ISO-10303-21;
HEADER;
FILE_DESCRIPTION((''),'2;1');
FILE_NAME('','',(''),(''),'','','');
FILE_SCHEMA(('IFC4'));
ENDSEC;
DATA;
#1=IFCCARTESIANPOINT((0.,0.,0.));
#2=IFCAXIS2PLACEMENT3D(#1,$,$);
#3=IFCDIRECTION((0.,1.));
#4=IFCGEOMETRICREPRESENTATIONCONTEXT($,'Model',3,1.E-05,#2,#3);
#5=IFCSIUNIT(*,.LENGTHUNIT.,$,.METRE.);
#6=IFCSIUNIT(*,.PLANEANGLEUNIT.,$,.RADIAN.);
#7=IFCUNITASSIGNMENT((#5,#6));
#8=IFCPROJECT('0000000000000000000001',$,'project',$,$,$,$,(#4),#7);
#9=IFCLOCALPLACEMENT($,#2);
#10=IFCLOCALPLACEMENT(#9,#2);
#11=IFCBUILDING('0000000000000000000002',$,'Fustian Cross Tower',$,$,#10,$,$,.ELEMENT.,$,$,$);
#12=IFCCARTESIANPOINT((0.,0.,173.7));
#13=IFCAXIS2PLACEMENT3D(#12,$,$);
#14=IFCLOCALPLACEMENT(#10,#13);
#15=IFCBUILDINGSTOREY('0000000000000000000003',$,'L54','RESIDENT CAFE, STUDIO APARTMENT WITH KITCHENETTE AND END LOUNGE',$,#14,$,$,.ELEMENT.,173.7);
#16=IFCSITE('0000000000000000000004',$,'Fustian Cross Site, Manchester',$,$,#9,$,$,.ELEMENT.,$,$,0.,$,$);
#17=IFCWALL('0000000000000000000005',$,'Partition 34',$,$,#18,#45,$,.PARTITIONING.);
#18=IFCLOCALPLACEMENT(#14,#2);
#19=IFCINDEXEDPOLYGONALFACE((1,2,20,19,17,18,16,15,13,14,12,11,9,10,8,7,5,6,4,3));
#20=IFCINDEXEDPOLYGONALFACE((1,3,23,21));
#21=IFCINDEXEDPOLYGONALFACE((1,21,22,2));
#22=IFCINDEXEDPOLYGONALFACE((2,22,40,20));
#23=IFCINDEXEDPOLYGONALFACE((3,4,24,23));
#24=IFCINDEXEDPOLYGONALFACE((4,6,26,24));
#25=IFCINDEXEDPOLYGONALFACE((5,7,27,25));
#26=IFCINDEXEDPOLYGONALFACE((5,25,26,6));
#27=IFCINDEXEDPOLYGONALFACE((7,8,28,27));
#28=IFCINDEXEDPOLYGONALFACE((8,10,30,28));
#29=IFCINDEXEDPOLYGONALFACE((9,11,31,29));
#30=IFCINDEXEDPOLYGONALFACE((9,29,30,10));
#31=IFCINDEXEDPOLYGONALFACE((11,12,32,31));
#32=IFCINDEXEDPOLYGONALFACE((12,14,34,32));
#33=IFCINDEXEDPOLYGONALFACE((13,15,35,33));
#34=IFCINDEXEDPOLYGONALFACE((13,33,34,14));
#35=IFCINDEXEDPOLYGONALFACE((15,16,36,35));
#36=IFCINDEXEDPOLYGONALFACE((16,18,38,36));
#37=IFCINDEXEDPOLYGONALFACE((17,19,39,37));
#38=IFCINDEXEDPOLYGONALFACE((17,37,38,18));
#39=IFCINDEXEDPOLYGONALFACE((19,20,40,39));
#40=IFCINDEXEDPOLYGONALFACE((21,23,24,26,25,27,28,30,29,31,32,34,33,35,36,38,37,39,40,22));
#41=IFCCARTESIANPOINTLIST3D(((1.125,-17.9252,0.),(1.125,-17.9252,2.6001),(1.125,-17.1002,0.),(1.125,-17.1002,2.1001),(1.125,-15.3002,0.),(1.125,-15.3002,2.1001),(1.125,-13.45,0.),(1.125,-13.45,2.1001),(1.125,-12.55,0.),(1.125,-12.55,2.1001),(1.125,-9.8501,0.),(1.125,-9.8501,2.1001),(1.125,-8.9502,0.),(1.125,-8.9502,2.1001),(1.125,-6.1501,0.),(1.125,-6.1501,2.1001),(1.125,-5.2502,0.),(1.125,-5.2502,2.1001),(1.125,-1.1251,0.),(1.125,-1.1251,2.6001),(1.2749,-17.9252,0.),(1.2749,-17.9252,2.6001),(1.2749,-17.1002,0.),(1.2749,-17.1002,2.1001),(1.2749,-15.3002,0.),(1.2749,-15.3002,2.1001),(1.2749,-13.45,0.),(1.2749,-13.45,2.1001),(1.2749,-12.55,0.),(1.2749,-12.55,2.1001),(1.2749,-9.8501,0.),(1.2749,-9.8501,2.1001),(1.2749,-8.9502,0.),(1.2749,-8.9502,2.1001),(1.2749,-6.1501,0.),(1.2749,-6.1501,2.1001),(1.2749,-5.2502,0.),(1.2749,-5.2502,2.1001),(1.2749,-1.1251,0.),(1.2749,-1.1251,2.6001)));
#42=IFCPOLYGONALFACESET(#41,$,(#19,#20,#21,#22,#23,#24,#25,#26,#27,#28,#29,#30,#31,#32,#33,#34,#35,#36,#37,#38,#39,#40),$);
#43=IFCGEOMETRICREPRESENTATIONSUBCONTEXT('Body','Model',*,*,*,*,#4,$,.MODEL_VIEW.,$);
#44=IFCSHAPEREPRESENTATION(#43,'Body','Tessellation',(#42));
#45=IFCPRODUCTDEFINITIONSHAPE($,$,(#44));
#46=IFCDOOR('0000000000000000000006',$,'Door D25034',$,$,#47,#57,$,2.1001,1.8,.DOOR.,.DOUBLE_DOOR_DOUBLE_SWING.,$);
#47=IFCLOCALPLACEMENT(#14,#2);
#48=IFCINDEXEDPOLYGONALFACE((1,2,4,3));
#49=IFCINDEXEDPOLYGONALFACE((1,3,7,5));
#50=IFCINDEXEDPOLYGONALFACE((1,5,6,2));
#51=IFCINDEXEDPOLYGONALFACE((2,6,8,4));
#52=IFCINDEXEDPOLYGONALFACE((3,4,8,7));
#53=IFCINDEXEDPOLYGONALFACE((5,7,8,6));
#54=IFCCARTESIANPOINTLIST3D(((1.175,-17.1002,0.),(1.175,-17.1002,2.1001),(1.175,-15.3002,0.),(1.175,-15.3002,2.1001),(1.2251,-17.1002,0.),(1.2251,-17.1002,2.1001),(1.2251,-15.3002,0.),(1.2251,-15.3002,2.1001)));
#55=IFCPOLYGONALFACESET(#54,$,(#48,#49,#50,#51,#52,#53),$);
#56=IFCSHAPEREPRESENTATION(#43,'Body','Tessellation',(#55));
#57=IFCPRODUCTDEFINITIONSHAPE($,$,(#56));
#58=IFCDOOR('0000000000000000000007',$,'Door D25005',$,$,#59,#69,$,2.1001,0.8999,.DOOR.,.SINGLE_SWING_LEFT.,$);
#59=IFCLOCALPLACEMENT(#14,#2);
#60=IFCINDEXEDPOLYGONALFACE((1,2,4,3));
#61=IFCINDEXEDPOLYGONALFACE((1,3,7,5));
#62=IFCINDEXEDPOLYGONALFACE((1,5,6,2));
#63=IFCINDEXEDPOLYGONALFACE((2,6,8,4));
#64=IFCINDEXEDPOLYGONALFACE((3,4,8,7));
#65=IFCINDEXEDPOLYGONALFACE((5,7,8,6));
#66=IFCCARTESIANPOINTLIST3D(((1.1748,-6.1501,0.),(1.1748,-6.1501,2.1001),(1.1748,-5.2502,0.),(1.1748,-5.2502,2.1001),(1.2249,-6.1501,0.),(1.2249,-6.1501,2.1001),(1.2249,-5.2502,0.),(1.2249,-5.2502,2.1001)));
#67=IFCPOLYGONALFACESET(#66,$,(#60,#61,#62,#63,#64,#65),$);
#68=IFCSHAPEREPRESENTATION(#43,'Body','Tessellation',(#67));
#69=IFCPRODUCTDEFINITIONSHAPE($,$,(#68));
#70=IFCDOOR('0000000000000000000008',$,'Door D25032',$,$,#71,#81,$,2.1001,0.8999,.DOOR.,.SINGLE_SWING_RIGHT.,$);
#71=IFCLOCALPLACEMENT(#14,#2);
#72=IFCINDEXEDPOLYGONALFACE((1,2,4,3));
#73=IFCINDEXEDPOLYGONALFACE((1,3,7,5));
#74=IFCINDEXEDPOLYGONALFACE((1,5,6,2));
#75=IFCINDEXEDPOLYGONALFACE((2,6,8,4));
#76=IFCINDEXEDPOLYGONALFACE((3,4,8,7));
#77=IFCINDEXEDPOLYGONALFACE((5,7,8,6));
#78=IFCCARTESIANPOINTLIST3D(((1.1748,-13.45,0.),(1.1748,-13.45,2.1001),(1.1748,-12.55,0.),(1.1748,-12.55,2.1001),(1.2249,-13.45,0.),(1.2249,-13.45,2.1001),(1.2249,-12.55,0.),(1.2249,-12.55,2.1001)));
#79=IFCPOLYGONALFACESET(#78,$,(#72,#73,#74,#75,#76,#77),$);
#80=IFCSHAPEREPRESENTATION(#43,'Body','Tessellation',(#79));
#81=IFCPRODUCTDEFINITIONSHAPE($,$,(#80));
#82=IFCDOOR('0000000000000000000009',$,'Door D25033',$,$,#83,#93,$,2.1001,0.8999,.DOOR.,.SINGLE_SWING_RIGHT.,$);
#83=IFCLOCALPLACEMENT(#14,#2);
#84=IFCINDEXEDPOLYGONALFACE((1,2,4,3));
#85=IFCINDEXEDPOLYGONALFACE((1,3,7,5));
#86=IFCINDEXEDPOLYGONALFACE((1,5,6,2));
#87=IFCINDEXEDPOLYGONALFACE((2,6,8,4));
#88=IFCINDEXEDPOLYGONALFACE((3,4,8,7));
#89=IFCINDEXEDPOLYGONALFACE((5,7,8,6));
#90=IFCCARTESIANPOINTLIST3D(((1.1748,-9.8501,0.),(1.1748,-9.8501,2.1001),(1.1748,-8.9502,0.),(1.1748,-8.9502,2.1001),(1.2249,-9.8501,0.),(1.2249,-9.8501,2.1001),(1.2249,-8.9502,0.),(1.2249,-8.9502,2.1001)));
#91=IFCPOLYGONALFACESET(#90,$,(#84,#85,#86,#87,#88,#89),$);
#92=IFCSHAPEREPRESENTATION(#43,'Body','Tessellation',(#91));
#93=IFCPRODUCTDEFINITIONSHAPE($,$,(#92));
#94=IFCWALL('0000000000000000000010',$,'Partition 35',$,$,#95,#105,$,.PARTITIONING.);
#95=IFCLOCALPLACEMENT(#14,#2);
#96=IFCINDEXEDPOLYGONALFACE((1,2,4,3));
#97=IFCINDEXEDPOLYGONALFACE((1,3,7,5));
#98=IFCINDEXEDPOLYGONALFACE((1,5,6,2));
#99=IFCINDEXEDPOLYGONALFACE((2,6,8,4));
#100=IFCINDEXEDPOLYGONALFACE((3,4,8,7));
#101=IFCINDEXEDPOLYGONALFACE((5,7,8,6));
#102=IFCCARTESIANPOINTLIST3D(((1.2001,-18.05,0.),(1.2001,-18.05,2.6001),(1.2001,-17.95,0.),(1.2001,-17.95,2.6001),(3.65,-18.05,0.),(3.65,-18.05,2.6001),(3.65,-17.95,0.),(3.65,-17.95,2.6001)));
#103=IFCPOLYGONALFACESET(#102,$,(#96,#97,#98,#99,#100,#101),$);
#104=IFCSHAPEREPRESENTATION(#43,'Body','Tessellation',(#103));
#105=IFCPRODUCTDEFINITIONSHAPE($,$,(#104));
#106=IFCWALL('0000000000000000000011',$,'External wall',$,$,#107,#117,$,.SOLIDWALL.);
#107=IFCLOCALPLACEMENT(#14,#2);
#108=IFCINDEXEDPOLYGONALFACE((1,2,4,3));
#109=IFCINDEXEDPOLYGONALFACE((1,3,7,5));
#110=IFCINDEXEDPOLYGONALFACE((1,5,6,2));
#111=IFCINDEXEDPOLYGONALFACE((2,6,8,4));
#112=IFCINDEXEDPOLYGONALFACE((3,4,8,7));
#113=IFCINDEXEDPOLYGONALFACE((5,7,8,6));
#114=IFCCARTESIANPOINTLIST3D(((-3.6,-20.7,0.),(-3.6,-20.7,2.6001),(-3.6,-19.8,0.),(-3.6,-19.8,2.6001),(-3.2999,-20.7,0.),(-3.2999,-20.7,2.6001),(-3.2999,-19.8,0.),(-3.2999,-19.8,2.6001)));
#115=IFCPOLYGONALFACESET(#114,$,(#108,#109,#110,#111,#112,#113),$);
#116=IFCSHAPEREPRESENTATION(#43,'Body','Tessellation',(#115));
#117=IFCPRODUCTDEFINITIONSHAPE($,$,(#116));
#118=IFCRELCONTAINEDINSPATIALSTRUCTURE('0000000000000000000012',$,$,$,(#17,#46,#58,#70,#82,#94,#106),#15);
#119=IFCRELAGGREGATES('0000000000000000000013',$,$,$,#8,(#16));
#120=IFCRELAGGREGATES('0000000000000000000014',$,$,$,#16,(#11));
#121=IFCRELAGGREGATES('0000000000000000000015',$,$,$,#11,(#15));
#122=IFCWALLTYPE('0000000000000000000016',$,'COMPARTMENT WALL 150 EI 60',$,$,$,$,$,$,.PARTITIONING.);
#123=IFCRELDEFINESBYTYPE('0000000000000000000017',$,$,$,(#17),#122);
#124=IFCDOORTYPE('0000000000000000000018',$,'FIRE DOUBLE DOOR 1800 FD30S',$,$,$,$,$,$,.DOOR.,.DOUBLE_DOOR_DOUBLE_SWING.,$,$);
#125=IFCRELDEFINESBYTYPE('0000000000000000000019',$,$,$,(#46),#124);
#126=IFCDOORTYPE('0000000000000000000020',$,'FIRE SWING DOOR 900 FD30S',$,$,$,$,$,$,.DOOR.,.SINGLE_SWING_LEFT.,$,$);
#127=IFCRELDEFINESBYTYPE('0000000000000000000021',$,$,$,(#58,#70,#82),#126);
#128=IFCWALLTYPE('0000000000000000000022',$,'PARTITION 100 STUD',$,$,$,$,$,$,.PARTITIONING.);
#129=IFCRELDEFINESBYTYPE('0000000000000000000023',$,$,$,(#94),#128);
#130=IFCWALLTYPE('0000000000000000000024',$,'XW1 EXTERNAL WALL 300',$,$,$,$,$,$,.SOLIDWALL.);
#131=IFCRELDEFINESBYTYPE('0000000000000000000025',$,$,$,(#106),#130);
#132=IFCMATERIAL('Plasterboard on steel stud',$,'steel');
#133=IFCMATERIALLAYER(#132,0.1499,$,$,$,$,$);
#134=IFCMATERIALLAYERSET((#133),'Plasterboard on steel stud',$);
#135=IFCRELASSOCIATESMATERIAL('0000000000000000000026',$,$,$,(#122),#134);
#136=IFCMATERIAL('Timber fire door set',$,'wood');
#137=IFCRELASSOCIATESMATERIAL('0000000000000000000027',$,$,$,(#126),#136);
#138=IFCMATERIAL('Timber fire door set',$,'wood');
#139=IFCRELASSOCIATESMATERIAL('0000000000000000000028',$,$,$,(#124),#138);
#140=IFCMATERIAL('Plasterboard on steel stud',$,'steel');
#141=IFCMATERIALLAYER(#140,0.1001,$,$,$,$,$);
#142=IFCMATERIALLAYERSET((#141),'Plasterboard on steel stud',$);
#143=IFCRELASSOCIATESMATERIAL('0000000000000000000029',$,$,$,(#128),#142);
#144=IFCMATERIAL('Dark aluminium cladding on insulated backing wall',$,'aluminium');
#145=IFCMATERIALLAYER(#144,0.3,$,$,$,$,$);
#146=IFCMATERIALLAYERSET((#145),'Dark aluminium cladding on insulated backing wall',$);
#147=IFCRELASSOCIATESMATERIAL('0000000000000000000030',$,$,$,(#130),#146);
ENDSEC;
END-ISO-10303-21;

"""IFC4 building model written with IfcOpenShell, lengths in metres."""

from ifc_helpers import new_model, si_unit, direction, frame, frame_2d, origin, place, context, subcontext, project, spatial, rectangle, extrude, material, layer, layer_set, type_object, element, fill, save


model = new_model("IFC4")

# Units and contexts
model_context = context("Model", 3, precision=1e-05, world=origin(), true_north=direction((0.0, 1.0)))
body_context = subcontext(model_context, "Body", "Model", "MODEL_VIEW")
ifc_project = project(units=[si_unit("LENGTHUNIT", "METRE"), si_unit("PLANEANGLEUNIT", "RADIAN")], contexts=[model_context])

# Site, building, storey
site_placement = place(None, origin())
site = spatial("IfcSite", under=ifc_project, at=site_placement, Name="Fustian Cross Site, Manchester", CompositionType="ELEMENT", RefElevation=0.0)
building_placement = place(site_placement, origin())
building = spatial("IfcBuilding", under=site, at=building_placement, Name="Fustian Cross Tower", CompositionType="ELEMENT")
storey_placement = place(building_placement, frame((0.0, 0.0, 173.7)))
storey = spatial("IfcBuildingStorey", under=building, at=storey_placement, Name="L54", Description="RESIDENT CAFE, STUDIO APARTMENT WITH KITCHENETTE AND END LOUNGE", CompositionType="ELEMENT", Elevation=173.7)

# Shared definitions
ifc_material_1 = material(Name="Plasterboard on steel stud", Category="steel")
ifc_layer_1 = layer(ifc_material_1, 0.1499)
ifc_layer_set_1 = layer_set([ifc_layer_1], Name="Plasterboard on steel stud")
wall_type_1 = type_object("IfcWallType", Name="COMPARTMENT WALL 150 EI 60", PredefinedType="PARTITIONING", material=ifc_layer_set_1)
ifc_material_2 = material(Name="Timber fire door set", Category="wood")
door_type_1 = type_object("IfcDoorType", Name="FIRE SWING DOOR 900 FD30S", OperationType="SINGLE_SWING_LEFT", PredefinedType="DOOR", material=ifc_material_2)

# Wall, openings, doors
wall_1_placement = place(storey_placement, frame((1.2, -17.925, 0.0), z_axis=(0.0, 0.0, 1.0), x_axis=(0.0, 1.0, 0.0)))
wall_1 = element("IfcWall", 1, at=wall_1_placement, inside=storey, type_object=wall_type_1, Name="Partition 34", PredefinedType="PARTITIONING", context=body_context, shape_type="SweptSolid", body=[
    extrude(rectangle(XDim=16.8, YDim=0.1499, at=frame_2d((8.3999, 0.0))), origin(), (0.0, 0.0, 1.0), 2.6001),
])
opening_1_placement = place(wall_1_placement, frame((11.7749, 0.0, 0.0)))
opening_1 = element("IfcOpeningElement", 2, at=opening_1_placement, cuts=wall_1, PredefinedType="OPENING", context=body_context, shape_type="SweptSolid", body=[
    extrude(rectangle(XDim=0.8999, YDim=2.1001, at=frame_2d((0.45, 1.05))), frame((0.0, 0.085, 0.0), z_axis=(0.0, -1.0, 0.0), x_axis=(1.0, 0.0, 0.0)), (0.0, 0.0, 1.0), 0.1699),
])
opening_2_placement = place(wall_1_placement, frame((4.4751, 0.0, 0.0)))
opening_2 = element("IfcOpeningElement", 3, at=opening_2_placement, cuts=wall_1, PredefinedType="OPENING", context=body_context, shape_type="SweptSolid", body=[
    extrude(rectangle(XDim=0.8999, YDim=2.1001, at=frame_2d((0.45, 1.05))), frame((0.0, 0.085, 0.0), z_axis=(0.0, -1.0, 0.0), x_axis=(1.0, 0.0, 0.0)), (0.0, 0.0, 1.0), 0.1699),
])
opening_3_placement = place(wall_1_placement, frame((8.075, 0.0, 0.0)))
opening_3 = element("IfcOpeningElement", 4, at=opening_3_placement, cuts=wall_1, PredefinedType="OPENING", context=body_context, shape_type="SweptSolid", body=[
    extrude(rectangle(XDim=0.8999, YDim=2.1001, at=frame_2d((0.45, 1.05))), frame((0.0, 0.085, 0.0), z_axis=(0.0, -1.0, 0.0), x_axis=(1.0, 0.0, 0.0)), (0.0, 0.0, 1.0), 0.1699),
])
opening_4_placement = place(wall_1_placement, frame((0.825, 0.0, 0.0)))
opening_4 = element("IfcOpeningElement", 5, at=opening_4_placement, cuts=wall_1, PredefinedType="OPENING", context=body_context, shape_type="SweptSolid", body=[
    extrude(rectangle(XDim=1.8, YDim=2.1001, at=frame_2d((0.8999, 1.05))), frame((0.0, 0.085, 0.0), z_axis=(0.0, -1.0, 0.0), x_axis=(1.0, 0.0, 0.0)), (0.0, 0.0, 1.0), 0.1699),
])
ifc_material_3 = material(Name="Timber fire door set", Category="wood")
door_type_2 = type_object("IfcDoorType", Name="FIRE DOUBLE DOOR 1800 FD30S", OperationType="DOUBLE_DOOR_DOUBLE_SWING", PredefinedType="DOOR", material=ifc_material_3)
door_1_placement = place(opening_4_placement, origin())
door_1 = element("IfcDoor", 6, at=door_1_placement, inside=storey, type_object=door_type_2, Name="Door D25034", OperationType="DOUBLE_DOOR_DOUBLE_SWING", OverallHeight=2.1001, OverallWidth=1.8, PredefinedType="DOOR", context=body_context, shape_type="SweptSolid", body=[
    extrude(rectangle(XDim=1.8, YDim=2.1001, at=frame_2d((0.8999, 1.05))), frame((0.0, 0.0249, 0.0), z_axis=(0.0, -1.0, 0.0), x_axis=(1.0, 0.0, 0.0)), (0.0, 0.0, 1.0), 0.05),
])
fill(opening_4, door_1)
door_2_placement = place(opening_1_placement, frame((0.8999, 0.0, 0.0), z_axis=(0.0, 0.0, 1.0), x_axis=(-1.0, 0.0, 0.0)))
door_2 = element("IfcDoor", 7, at=door_2_placement, inside=storey, type_object=door_type_1, Name="Door D25005", OperationType="SINGLE_SWING_LEFT", OverallHeight=2.1001, OverallWidth=0.8999, PredefinedType="DOOR", context=body_context, shape_type="SweptSolid", body=[
    extrude(rectangle(XDim=0.8999, YDim=2.1001, at=frame_2d((0.45, 1.05))), frame((0.0, 0.0249, 0.0), z_axis=(0.0, -1.0, 0.0), x_axis=(1.0, 0.0, 0.0)), (0.0, 0.0, 1.0), 0.05),
])
fill(opening_1, door_2)
door_3_placement = place(opening_2_placement, frame((0.8999, 0.0, 0.0), z_axis=(0.0, 0.0, 1.0), x_axis=(-1.0, 0.0, 0.0)))
door_3 = element("IfcDoor", 8, at=door_3_placement, inside=storey, type_object=door_type_1, Name="Door D25032", OperationType="SINGLE_SWING_RIGHT", OverallHeight=2.1001, OverallWidth=0.8999, PredefinedType="DOOR", context=body_context, shape_type="SweptSolid", body=[
    extrude(rectangle(XDim=0.8999, YDim=2.1001, at=frame_2d((0.45, 1.05))), frame((0.0, 0.0249, 0.0), z_axis=(0.0, -1.0, 0.0), x_axis=(1.0, 0.0, 0.0)), (0.0, 0.0, 1.0), 0.05),
])
fill(opening_2, door_3)
door_4_placement = place(opening_3_placement, frame((0.8999, 0.0, 0.0), z_axis=(0.0, 0.0, 1.0), x_axis=(-1.0, 0.0, 0.0)))
door_4 = element("IfcDoor", 9, at=door_4_placement, inside=storey, type_object=door_type_1, Name="Door D25033", OperationType="SINGLE_SWING_RIGHT", OverallHeight=2.1001, OverallWidth=0.8999, PredefinedType="DOOR", context=body_context, shape_type="SweptSolid", body=[
    extrude(rectangle(XDim=0.8999, YDim=2.1001, at=frame_2d((0.45, 1.05))), frame((0.0, 0.0249, 0.0), z_axis=(0.0, -1.0, 0.0), x_axis=(1.0, 0.0, 0.0)), (0.0, 0.0, 1.0), 0.05),
])
fill(opening_3, door_4)

# Walls
ifc_material_4 = material(Name="Plasterboard on steel stud", Category="steel")
ifc_layer_2 = layer(ifc_material_4, 0.1001)
ifc_layer_set_2 = layer_set([ifc_layer_2], Name="Plasterboard on steel stud")
wall_type_2 = type_object("IfcWallType", Name="PARTITION 100 STUD", PredefinedType="PARTITIONING", material=ifc_layer_set_2)
wall_2_placement = place(storey_placement, frame((1.2, -18.0, 0.0), z_axis=(0.0, 0.0, 1.0), x_axis=(1.0, 0.0, 0.0)))
element("IfcWall", 10, at=wall_2_placement, inside=storey, type_object=wall_type_2, Name="Partition 35", PredefinedType="PARTITIONING", context=body_context, shape_type="SweptSolid", body=[
    extrude(rectangle(XDim=2.45, YDim=0.1001, at=frame_2d((1.2251, 0.0))), origin(), (0.0, 0.0, 1.0), 2.6001),
])
ifc_material_5 = material(Name="Dark aluminium cladding on insulated backing wall", Category="aluminium")
ifc_layer_3 = layer(ifc_material_5, 0.3)
ifc_layer_set_3 = layer_set([ifc_layer_3], Name="Dark aluminium cladding on insulated backing wall")
wall_type_3 = type_object("IfcWallType", Name="XW1 EXTERNAL WALL 300", PredefinedType="SOLIDWALL", material=ifc_layer_set_3)
wall_3_placement = place(storey_placement, frame((-3.45, -19.8, 0.0), z_axis=(0.0, 0.0, 1.0), x_axis=(0.0, -1.0, 0.0)))
element("IfcWall", 11, at=wall_3_placement, inside=storey, type_object=wall_type_3, Name="External wall", PredefinedType="SOLIDWALL", context=body_context, shape_type="SweptSolid", body=[
    extrude(rectangle(XDim=0.8999, YDim=0.3, at=frame_2d((0.45, 0.0))), origin(), (0.0, 0.0, 1.0), 2.6001),
])

save(model, "model.ifc")
